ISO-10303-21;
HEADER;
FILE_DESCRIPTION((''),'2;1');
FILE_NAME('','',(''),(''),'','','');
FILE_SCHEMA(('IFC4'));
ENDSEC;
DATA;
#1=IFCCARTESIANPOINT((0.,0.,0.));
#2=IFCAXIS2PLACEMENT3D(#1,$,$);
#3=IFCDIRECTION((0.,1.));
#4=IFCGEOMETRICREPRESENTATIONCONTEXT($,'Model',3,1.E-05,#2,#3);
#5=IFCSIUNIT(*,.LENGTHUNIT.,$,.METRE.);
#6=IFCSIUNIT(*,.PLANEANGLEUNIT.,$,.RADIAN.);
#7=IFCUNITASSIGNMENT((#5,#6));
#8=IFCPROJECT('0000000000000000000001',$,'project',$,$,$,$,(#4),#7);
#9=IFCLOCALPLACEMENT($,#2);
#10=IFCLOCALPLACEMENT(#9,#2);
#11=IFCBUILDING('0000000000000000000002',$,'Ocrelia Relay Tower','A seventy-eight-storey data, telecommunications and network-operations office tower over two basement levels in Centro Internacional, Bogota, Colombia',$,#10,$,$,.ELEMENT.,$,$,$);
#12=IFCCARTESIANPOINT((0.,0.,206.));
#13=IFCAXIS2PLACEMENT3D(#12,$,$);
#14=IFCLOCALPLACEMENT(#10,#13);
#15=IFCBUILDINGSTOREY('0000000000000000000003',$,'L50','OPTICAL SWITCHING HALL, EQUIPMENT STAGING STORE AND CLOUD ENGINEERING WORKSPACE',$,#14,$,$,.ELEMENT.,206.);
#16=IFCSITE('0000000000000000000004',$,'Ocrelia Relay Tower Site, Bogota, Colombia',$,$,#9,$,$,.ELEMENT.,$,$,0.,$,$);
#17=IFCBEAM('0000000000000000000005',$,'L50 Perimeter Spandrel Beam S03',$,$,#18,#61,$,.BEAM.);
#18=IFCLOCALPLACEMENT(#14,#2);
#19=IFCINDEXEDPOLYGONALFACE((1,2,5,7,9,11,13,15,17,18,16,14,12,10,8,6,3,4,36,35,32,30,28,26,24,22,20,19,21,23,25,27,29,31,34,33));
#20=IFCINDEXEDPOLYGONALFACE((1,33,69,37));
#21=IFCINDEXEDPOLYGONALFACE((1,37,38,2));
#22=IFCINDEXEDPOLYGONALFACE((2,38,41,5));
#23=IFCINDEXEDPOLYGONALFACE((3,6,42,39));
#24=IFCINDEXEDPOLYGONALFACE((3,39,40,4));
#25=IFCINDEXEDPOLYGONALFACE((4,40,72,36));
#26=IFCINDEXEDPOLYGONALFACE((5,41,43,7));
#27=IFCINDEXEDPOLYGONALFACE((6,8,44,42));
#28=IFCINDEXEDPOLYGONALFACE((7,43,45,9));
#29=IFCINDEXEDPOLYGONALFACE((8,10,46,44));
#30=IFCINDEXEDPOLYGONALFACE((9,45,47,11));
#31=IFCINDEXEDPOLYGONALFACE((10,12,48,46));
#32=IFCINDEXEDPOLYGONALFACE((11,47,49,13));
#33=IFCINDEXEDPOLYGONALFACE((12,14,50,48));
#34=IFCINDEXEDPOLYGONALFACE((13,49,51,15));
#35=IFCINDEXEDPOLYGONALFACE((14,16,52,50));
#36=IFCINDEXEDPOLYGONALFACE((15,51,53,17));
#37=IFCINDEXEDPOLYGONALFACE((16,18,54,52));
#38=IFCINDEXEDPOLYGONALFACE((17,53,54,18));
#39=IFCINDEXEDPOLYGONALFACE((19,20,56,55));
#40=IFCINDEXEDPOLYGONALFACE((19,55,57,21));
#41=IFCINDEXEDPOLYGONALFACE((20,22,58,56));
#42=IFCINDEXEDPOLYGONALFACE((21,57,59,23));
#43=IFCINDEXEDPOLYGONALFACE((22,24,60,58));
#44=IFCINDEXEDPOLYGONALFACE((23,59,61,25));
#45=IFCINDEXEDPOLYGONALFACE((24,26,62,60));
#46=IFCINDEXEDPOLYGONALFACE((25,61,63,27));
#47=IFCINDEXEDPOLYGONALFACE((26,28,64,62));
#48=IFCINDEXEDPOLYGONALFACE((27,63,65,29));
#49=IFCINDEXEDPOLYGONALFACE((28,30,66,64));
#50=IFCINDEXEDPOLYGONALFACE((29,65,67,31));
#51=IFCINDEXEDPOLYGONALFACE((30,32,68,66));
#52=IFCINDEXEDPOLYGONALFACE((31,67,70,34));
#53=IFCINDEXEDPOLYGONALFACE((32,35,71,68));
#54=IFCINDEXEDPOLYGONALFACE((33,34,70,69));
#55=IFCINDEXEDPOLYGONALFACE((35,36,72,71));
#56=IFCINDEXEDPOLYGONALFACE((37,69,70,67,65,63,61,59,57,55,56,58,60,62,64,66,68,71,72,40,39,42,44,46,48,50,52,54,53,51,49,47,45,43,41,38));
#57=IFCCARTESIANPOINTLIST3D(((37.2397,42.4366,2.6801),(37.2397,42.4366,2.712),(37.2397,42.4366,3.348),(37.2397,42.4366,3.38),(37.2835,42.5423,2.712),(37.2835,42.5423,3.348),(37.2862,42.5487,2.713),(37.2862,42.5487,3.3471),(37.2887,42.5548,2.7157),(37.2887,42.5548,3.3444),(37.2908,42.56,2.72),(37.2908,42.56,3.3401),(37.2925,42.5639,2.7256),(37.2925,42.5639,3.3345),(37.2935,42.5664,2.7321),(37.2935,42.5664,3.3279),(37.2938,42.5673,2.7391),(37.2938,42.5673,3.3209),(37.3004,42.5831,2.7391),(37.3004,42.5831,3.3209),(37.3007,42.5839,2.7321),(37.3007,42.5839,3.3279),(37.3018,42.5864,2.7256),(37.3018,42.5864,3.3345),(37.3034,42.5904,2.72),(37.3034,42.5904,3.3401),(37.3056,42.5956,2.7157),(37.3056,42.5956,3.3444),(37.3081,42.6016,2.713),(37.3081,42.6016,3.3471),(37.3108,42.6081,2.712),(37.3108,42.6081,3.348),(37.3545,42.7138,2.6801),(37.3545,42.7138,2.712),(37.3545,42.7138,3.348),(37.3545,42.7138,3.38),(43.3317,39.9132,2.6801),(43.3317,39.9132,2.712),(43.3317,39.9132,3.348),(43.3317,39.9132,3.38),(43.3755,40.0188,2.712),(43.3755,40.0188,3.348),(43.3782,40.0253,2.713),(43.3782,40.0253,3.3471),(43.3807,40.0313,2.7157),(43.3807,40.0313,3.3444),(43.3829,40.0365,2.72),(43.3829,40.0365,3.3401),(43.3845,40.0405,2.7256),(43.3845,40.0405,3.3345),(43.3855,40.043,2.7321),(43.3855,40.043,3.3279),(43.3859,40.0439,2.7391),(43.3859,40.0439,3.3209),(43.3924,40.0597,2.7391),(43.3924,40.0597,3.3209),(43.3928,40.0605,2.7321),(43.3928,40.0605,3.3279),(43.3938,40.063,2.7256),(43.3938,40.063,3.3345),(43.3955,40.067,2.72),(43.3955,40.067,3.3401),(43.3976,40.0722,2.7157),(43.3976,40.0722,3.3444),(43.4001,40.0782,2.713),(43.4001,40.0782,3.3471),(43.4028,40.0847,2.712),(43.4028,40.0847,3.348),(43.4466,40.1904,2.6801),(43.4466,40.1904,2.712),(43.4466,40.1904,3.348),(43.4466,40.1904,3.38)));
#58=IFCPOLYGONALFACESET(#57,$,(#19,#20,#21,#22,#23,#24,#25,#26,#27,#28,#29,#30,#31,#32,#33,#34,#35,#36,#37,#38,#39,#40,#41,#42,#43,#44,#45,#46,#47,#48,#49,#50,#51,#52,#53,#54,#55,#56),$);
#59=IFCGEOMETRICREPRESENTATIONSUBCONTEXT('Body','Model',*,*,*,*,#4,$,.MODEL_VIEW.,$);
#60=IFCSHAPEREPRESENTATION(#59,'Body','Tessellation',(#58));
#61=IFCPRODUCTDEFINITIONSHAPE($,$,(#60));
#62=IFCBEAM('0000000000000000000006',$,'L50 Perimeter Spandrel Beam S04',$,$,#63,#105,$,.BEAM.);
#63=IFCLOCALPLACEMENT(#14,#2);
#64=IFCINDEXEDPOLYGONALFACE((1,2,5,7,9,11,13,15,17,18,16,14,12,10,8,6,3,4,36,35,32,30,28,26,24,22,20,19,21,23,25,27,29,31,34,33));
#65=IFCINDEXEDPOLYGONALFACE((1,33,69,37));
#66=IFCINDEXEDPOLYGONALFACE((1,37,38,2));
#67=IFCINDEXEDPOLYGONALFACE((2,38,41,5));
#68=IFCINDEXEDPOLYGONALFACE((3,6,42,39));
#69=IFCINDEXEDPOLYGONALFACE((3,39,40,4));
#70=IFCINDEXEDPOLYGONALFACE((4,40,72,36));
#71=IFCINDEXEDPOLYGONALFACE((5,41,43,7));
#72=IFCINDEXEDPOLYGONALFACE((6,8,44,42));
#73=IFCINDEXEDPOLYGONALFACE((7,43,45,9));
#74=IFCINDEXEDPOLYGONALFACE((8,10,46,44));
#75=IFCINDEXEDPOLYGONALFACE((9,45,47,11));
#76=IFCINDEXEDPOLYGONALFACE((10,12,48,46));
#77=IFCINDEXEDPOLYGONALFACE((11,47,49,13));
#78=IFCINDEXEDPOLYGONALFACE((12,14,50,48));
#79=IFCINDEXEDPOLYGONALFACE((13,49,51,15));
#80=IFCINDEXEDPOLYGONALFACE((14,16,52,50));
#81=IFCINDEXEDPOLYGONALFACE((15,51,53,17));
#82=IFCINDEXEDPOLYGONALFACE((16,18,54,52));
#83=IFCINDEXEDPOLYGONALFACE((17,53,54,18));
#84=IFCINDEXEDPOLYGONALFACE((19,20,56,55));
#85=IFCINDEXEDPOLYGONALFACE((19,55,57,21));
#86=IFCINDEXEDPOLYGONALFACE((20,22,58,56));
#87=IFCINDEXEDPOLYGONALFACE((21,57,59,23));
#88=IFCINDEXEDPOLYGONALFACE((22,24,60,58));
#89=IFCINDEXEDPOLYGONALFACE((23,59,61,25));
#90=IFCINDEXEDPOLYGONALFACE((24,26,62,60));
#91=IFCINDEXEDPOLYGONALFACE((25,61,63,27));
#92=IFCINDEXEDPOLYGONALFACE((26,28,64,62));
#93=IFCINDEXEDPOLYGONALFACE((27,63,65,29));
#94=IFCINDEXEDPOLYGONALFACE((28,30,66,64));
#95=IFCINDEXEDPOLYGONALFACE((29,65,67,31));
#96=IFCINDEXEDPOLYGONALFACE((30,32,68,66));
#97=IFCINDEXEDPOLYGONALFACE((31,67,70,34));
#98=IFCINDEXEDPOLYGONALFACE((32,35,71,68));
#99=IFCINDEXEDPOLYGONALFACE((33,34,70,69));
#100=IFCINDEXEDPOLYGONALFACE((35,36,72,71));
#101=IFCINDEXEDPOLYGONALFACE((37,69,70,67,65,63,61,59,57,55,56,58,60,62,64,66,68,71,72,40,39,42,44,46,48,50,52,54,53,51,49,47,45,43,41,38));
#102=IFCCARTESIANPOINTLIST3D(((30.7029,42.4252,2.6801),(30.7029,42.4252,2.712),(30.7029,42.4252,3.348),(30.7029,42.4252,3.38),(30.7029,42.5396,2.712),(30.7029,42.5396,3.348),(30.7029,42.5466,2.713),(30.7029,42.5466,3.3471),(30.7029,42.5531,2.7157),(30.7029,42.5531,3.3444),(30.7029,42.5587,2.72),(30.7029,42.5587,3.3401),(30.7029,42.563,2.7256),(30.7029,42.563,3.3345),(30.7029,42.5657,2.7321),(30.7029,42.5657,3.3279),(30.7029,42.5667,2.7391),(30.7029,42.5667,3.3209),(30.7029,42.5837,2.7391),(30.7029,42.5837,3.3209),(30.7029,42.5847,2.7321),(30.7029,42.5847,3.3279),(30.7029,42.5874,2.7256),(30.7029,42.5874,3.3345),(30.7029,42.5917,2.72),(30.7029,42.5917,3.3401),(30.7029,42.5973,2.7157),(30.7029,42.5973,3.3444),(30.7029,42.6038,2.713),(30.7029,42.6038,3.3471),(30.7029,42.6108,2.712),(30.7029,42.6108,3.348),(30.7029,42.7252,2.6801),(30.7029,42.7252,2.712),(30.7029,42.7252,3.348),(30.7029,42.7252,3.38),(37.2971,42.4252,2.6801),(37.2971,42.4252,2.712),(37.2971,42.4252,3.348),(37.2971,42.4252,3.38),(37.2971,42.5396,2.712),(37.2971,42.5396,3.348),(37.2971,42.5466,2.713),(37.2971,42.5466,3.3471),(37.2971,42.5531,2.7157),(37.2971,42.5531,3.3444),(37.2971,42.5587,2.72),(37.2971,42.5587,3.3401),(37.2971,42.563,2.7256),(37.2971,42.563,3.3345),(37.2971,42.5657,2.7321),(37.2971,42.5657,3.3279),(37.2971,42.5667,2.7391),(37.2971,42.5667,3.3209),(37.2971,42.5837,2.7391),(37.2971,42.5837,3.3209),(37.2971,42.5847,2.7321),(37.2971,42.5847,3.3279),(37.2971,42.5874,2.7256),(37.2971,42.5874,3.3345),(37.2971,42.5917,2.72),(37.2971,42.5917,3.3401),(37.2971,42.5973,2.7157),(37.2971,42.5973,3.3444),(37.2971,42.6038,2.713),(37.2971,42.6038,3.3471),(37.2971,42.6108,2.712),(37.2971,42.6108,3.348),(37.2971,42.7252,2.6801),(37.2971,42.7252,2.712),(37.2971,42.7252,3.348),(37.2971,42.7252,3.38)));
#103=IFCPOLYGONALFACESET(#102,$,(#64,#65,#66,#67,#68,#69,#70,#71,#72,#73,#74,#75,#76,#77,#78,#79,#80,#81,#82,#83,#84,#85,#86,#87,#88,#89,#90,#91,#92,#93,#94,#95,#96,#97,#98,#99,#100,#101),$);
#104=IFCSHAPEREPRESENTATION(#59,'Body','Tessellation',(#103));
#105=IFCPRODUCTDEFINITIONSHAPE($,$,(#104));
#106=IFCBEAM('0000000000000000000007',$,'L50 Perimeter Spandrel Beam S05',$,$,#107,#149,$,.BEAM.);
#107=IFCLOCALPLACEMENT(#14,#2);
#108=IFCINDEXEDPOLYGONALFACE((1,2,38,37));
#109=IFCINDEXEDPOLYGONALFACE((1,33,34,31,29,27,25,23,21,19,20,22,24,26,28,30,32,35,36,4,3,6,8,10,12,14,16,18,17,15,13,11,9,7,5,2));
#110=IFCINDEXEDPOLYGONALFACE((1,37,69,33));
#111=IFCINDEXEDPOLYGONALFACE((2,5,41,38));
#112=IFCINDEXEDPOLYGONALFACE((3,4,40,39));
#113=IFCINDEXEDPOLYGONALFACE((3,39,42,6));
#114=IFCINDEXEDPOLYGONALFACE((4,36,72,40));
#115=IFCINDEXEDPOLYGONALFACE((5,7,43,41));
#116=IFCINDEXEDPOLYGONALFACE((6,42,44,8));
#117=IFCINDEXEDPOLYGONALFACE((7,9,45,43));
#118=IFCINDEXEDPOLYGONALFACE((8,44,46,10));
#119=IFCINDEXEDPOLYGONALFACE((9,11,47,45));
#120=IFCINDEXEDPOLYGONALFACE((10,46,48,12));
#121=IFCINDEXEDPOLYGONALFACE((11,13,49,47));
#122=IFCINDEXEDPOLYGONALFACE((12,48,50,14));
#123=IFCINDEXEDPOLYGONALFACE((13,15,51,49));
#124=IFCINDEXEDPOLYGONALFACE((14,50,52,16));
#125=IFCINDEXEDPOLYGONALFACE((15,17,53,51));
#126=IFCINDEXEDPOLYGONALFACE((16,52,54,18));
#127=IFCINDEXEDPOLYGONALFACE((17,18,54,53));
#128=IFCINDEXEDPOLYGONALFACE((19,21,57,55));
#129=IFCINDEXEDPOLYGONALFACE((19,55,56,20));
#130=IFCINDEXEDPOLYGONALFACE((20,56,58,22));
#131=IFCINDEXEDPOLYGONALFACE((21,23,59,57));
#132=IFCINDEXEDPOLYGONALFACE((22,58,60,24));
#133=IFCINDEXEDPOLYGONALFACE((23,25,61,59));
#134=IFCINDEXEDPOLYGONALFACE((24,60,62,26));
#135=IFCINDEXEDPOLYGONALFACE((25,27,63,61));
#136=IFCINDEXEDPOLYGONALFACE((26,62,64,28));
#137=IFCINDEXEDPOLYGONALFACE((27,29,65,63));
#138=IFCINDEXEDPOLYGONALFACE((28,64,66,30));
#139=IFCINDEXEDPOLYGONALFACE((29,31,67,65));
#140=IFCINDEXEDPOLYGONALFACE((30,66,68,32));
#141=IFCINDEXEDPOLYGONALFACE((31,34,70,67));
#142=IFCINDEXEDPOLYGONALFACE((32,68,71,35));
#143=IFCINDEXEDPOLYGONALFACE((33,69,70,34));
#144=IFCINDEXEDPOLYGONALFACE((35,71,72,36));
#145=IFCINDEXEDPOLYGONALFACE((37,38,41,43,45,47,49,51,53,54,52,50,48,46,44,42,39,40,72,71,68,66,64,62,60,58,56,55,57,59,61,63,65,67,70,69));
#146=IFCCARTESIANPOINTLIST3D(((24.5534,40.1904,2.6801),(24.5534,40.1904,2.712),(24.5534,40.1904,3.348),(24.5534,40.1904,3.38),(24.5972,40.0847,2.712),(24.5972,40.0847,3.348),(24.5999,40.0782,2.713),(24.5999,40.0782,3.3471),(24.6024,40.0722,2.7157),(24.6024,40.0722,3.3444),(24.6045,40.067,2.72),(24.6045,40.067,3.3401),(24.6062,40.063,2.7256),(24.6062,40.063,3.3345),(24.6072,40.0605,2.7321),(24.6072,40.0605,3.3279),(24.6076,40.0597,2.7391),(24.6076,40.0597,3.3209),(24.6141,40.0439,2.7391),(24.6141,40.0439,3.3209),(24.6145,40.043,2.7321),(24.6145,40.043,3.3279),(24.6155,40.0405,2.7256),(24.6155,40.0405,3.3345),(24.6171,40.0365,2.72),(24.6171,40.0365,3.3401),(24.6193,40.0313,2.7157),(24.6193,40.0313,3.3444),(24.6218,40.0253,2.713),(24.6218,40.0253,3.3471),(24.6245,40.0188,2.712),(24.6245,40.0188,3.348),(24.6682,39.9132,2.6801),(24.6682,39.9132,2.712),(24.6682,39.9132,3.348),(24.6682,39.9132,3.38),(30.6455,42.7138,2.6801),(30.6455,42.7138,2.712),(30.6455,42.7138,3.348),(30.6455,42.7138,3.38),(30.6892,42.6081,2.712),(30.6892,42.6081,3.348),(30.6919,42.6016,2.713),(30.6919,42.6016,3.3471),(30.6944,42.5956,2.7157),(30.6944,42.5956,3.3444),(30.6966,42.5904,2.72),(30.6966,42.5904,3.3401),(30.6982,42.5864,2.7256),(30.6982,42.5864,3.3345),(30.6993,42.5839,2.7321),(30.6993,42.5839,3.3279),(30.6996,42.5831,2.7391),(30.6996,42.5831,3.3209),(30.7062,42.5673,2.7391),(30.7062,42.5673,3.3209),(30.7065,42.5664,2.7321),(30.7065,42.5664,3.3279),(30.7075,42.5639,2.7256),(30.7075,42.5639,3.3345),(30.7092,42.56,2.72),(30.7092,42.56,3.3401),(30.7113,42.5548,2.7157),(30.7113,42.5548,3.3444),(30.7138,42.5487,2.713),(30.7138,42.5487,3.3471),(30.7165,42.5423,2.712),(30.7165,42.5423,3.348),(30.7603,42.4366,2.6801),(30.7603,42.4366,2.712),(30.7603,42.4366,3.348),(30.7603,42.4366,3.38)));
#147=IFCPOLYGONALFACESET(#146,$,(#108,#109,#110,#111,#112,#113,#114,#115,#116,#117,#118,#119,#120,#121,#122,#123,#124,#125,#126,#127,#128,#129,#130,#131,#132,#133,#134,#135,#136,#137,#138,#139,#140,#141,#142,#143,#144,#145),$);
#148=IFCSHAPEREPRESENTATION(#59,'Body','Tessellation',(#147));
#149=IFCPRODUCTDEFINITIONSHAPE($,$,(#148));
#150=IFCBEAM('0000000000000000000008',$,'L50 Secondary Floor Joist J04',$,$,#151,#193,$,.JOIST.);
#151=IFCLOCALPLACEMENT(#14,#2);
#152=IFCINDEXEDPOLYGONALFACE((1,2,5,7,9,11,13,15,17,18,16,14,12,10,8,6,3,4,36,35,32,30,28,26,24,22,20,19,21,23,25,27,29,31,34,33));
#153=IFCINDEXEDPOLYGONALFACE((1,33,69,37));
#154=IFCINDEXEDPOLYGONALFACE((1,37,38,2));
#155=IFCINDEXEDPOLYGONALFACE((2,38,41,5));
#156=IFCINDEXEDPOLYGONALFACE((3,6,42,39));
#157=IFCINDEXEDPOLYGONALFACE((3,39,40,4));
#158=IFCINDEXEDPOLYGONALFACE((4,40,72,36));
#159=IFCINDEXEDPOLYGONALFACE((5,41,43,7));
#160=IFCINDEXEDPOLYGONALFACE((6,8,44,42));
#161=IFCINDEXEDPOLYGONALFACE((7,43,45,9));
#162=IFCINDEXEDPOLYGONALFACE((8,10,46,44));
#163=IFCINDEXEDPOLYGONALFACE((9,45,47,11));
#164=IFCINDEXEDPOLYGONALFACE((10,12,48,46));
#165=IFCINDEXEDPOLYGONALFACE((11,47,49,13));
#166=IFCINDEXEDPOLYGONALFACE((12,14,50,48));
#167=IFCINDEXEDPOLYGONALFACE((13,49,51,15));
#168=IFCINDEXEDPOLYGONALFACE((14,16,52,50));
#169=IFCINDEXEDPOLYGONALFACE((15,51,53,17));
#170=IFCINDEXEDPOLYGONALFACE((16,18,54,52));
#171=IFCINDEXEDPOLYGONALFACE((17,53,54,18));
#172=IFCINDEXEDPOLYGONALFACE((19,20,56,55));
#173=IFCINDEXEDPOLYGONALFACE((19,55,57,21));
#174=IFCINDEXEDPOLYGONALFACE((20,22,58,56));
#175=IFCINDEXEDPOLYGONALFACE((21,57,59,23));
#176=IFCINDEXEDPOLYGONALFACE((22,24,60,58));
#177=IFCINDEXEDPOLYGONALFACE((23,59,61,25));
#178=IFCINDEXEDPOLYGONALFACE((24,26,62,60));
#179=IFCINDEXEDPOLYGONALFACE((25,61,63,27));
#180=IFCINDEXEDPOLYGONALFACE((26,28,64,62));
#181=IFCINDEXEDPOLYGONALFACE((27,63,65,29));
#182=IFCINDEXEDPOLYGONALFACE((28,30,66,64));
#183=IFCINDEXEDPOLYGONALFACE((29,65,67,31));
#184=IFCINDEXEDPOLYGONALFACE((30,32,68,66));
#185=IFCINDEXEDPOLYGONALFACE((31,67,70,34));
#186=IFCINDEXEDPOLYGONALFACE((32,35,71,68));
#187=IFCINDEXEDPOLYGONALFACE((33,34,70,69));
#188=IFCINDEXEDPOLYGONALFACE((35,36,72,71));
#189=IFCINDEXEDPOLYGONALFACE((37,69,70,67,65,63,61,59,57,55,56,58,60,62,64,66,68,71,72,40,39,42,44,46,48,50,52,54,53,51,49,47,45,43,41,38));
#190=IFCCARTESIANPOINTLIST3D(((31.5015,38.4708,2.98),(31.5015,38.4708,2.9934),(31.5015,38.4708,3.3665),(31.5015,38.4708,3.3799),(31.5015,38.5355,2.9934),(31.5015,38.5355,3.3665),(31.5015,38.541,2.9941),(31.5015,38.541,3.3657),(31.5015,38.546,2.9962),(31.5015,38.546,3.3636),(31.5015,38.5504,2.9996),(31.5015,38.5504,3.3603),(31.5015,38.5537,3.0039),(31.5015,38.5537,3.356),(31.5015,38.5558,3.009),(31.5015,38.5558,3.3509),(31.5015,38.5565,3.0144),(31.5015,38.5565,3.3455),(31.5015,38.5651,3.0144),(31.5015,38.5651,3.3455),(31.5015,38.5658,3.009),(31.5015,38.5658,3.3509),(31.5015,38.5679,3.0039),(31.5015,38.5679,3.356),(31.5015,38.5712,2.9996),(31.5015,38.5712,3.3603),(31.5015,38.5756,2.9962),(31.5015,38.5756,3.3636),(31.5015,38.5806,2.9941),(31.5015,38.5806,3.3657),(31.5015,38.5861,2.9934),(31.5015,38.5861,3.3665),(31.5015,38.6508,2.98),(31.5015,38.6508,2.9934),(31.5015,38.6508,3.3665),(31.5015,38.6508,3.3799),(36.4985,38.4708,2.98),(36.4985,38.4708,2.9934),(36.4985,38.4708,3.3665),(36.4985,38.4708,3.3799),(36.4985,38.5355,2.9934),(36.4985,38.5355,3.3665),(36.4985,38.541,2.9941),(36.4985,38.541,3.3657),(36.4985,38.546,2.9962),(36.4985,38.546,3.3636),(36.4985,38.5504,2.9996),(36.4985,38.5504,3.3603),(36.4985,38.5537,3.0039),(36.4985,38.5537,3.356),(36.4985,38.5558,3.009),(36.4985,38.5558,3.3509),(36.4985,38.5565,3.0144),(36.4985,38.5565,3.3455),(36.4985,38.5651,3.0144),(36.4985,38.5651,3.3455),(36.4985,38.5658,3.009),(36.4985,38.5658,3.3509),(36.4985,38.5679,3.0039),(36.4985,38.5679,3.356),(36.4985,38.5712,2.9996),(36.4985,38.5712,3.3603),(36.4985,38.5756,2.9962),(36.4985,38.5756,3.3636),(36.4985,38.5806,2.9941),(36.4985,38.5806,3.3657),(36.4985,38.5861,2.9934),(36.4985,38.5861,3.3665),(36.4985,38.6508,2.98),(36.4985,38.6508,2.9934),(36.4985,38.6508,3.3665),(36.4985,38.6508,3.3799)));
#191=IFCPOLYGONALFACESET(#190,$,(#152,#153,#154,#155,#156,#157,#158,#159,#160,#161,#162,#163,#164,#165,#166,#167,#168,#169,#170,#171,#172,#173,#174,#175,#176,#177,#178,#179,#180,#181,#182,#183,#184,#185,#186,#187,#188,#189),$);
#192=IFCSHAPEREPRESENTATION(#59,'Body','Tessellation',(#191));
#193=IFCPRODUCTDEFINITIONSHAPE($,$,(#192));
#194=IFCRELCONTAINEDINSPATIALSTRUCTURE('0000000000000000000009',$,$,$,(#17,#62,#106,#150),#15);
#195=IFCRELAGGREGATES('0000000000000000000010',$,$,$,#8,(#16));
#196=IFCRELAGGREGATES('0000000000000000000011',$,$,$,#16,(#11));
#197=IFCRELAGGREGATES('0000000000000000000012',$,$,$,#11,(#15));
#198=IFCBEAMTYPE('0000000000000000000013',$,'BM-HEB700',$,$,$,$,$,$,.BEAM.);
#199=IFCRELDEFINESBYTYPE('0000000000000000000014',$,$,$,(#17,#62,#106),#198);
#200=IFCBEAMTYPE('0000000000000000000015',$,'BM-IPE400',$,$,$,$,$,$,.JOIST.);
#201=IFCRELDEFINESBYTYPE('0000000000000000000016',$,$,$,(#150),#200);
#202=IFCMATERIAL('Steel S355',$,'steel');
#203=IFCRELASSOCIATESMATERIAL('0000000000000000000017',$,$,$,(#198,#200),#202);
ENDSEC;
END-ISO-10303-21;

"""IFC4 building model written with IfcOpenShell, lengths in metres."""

from ifc_helpers import new_model, si_unit, direction, frame, origin, origin_2d, place, context, subcontext, project, spatial, i_section, extrude, material, material_profile, profile_set, type_object, element, save


model = new_model("IFC4")

# Units and contexts
model_context = context("Model", 3, precision=1e-05, world=origin(), true_north=direction((0.0, 1.0)))
body_context = subcontext(model_context, "Body", "Model", "MODEL_VIEW")
ifc_project = project(units=[si_unit("LENGTHUNIT", "METRE"), si_unit("PLANEANGLEUNIT", "RADIAN")], contexts=[model_context])

# Site, building, storey
site_placement = place(None, origin())
site = spatial("IfcSite", under=ifc_project, at=site_placement, Name="Ocrelia Relay Tower Site, Bogota, Colombia", CompositionType="ELEMENT", RefElevation=0.0)
building_placement = place(site_placement, origin())
building = spatial("IfcBuilding", under=site, at=building_placement, Name="Ocrelia Relay Tower", Description="A seventy-eight-storey data, telecommunications and network-operations office tower over two basement levels in Centro Internacional, Bogota, Colombia", CompositionType="ELEMENT")
storey_placement = place(building_placement, frame((0.0, 0.0, 206.0)))
storey = spatial("IfcBuildingStorey", under=building, at=storey_placement, Name="L50", Description="OPTICAL SWITCHING HALL, EQUIPMENT STAGING STORE AND CLOUD ENGINEERING WORKSPACE", CompositionType="ELEMENT", Elevation=206.0)

# Beams
ifc_material_1 = material(Name="Steel S355", Category="steel")
ifc_material_profile_1 = material_profile(ifc_material_1, i_section(OverallWidth=0.3, OverallDepth=0.7, WebThickness=0.0171, FlangeThickness=0.032, FilletRadius=0.0271, at=origin_2d()), Name="HEB 700")
ifc_profile_set_1 = profile_set([ifc_material_profile_1], Name="Steel S355")
beam_type_1 = type_object("IfcBeamType", Name="BM-HEB700", PredefinedType="BEAM", material=ifc_profile_set_1)
beam_1_placement = place(storey_placement, frame((43.3892, 40.0518, 3.03), z_axis=(-0.923878, 0.382688, 0.0), x_axis=(-0.382688, -0.923878, 0.0)))
element("IfcBeam", 1, at=beam_1_placement, inside=storey, type_object=beam_type_1, Name="L50 Perimeter Spandrel Beam S03", PredefinedType="BEAM", context=body_context, shape_type="SweptSolid", body=[
    extrude(i_section(OverallWidth=0.3, OverallDepth=0.7, WebThickness=0.0171, FlangeThickness=0.032, FilletRadius=0.0271, at=origin_2d()), origin(), (0.0, 0.0, 1.0), 6.594),
])
beam_2_placement = place(storey_placement, frame((37.2971, 42.5752, 3.03), z_axis=(-1.0, 0.0, 0.0), x_axis=(0.0, -1.0, 0.0)))
element("IfcBeam", 2, at=beam_2_placement, inside=storey, type_object=beam_type_1, Name="L50 Perimeter Spandrel Beam S04", PredefinedType="BEAM", context=body_context, shape_type="SweptSolid", body=[
    extrude(i_section(OverallWidth=0.3, OverallDepth=0.7, WebThickness=0.0171, FlangeThickness=0.032, FilletRadius=0.0271, at=origin_2d()), origin(), (0.0, 0.0, 1.0), 6.5942),
])
beam_3_placement = place(storey_placement, frame((30.7029, 42.5752, 3.03), z_axis=(-0.923878, -0.382688, 0.0), x_axis=(0.382688, -0.923878, 0.0)))
element("IfcBeam", 3, at=beam_3_placement, inside=storey, type_object=beam_type_1, Name="L50 Perimeter Spandrel Beam S05", PredefinedType="BEAM", context=body_context, shape_type="SweptSolid", body=[
    extrude(i_section(OverallWidth=0.3, OverallDepth=0.7, WebThickness=0.0171, FlangeThickness=0.032, FilletRadius=0.0271, at=origin_2d()), origin(), (0.0, 0.0, 1.0), 6.594),
])
ifc_material_profile_2 = material_profile(ifc_material_1, i_section(OverallWidth=0.1799, OverallDepth=0.3999, WebThickness=0.0085, FlangeThickness=0.0134, FilletRadius=0.021, at=origin_2d()), Name="IPE 400")
ifc_profile_set_2 = profile_set([ifc_material_profile_2], Name="Steel S355")
beam_type_2 = type_object("IfcBeamType", Name="BM-IPE400", PredefinedType="JOIST", material=ifc_profile_set_2)
beam_4_placement = place(storey_placement, frame((36.4985, 38.5608, 3.1799), z_axis=(-1.0, 0.0, 0.0), x_axis=(0.0, -1.0, 0.0)))
element("IfcBeam", 4, at=beam_4_placement, inside=storey, type_object=beam_type_2, Name="L50 Secondary Floor Joist J04", PredefinedType="JOIST", context=body_context, shape_type="SweptSolid", body=[
    extrude(i_section(OverallWidth=0.1799, OverallDepth=0.3999, WebThickness=0.0085, FlangeThickness=0.0134, FilletRadius=0.021, at=origin_2d()), origin(), (0.0, 0.0, 1.0), 4.9971),
])

save(model, "model.ifc")
